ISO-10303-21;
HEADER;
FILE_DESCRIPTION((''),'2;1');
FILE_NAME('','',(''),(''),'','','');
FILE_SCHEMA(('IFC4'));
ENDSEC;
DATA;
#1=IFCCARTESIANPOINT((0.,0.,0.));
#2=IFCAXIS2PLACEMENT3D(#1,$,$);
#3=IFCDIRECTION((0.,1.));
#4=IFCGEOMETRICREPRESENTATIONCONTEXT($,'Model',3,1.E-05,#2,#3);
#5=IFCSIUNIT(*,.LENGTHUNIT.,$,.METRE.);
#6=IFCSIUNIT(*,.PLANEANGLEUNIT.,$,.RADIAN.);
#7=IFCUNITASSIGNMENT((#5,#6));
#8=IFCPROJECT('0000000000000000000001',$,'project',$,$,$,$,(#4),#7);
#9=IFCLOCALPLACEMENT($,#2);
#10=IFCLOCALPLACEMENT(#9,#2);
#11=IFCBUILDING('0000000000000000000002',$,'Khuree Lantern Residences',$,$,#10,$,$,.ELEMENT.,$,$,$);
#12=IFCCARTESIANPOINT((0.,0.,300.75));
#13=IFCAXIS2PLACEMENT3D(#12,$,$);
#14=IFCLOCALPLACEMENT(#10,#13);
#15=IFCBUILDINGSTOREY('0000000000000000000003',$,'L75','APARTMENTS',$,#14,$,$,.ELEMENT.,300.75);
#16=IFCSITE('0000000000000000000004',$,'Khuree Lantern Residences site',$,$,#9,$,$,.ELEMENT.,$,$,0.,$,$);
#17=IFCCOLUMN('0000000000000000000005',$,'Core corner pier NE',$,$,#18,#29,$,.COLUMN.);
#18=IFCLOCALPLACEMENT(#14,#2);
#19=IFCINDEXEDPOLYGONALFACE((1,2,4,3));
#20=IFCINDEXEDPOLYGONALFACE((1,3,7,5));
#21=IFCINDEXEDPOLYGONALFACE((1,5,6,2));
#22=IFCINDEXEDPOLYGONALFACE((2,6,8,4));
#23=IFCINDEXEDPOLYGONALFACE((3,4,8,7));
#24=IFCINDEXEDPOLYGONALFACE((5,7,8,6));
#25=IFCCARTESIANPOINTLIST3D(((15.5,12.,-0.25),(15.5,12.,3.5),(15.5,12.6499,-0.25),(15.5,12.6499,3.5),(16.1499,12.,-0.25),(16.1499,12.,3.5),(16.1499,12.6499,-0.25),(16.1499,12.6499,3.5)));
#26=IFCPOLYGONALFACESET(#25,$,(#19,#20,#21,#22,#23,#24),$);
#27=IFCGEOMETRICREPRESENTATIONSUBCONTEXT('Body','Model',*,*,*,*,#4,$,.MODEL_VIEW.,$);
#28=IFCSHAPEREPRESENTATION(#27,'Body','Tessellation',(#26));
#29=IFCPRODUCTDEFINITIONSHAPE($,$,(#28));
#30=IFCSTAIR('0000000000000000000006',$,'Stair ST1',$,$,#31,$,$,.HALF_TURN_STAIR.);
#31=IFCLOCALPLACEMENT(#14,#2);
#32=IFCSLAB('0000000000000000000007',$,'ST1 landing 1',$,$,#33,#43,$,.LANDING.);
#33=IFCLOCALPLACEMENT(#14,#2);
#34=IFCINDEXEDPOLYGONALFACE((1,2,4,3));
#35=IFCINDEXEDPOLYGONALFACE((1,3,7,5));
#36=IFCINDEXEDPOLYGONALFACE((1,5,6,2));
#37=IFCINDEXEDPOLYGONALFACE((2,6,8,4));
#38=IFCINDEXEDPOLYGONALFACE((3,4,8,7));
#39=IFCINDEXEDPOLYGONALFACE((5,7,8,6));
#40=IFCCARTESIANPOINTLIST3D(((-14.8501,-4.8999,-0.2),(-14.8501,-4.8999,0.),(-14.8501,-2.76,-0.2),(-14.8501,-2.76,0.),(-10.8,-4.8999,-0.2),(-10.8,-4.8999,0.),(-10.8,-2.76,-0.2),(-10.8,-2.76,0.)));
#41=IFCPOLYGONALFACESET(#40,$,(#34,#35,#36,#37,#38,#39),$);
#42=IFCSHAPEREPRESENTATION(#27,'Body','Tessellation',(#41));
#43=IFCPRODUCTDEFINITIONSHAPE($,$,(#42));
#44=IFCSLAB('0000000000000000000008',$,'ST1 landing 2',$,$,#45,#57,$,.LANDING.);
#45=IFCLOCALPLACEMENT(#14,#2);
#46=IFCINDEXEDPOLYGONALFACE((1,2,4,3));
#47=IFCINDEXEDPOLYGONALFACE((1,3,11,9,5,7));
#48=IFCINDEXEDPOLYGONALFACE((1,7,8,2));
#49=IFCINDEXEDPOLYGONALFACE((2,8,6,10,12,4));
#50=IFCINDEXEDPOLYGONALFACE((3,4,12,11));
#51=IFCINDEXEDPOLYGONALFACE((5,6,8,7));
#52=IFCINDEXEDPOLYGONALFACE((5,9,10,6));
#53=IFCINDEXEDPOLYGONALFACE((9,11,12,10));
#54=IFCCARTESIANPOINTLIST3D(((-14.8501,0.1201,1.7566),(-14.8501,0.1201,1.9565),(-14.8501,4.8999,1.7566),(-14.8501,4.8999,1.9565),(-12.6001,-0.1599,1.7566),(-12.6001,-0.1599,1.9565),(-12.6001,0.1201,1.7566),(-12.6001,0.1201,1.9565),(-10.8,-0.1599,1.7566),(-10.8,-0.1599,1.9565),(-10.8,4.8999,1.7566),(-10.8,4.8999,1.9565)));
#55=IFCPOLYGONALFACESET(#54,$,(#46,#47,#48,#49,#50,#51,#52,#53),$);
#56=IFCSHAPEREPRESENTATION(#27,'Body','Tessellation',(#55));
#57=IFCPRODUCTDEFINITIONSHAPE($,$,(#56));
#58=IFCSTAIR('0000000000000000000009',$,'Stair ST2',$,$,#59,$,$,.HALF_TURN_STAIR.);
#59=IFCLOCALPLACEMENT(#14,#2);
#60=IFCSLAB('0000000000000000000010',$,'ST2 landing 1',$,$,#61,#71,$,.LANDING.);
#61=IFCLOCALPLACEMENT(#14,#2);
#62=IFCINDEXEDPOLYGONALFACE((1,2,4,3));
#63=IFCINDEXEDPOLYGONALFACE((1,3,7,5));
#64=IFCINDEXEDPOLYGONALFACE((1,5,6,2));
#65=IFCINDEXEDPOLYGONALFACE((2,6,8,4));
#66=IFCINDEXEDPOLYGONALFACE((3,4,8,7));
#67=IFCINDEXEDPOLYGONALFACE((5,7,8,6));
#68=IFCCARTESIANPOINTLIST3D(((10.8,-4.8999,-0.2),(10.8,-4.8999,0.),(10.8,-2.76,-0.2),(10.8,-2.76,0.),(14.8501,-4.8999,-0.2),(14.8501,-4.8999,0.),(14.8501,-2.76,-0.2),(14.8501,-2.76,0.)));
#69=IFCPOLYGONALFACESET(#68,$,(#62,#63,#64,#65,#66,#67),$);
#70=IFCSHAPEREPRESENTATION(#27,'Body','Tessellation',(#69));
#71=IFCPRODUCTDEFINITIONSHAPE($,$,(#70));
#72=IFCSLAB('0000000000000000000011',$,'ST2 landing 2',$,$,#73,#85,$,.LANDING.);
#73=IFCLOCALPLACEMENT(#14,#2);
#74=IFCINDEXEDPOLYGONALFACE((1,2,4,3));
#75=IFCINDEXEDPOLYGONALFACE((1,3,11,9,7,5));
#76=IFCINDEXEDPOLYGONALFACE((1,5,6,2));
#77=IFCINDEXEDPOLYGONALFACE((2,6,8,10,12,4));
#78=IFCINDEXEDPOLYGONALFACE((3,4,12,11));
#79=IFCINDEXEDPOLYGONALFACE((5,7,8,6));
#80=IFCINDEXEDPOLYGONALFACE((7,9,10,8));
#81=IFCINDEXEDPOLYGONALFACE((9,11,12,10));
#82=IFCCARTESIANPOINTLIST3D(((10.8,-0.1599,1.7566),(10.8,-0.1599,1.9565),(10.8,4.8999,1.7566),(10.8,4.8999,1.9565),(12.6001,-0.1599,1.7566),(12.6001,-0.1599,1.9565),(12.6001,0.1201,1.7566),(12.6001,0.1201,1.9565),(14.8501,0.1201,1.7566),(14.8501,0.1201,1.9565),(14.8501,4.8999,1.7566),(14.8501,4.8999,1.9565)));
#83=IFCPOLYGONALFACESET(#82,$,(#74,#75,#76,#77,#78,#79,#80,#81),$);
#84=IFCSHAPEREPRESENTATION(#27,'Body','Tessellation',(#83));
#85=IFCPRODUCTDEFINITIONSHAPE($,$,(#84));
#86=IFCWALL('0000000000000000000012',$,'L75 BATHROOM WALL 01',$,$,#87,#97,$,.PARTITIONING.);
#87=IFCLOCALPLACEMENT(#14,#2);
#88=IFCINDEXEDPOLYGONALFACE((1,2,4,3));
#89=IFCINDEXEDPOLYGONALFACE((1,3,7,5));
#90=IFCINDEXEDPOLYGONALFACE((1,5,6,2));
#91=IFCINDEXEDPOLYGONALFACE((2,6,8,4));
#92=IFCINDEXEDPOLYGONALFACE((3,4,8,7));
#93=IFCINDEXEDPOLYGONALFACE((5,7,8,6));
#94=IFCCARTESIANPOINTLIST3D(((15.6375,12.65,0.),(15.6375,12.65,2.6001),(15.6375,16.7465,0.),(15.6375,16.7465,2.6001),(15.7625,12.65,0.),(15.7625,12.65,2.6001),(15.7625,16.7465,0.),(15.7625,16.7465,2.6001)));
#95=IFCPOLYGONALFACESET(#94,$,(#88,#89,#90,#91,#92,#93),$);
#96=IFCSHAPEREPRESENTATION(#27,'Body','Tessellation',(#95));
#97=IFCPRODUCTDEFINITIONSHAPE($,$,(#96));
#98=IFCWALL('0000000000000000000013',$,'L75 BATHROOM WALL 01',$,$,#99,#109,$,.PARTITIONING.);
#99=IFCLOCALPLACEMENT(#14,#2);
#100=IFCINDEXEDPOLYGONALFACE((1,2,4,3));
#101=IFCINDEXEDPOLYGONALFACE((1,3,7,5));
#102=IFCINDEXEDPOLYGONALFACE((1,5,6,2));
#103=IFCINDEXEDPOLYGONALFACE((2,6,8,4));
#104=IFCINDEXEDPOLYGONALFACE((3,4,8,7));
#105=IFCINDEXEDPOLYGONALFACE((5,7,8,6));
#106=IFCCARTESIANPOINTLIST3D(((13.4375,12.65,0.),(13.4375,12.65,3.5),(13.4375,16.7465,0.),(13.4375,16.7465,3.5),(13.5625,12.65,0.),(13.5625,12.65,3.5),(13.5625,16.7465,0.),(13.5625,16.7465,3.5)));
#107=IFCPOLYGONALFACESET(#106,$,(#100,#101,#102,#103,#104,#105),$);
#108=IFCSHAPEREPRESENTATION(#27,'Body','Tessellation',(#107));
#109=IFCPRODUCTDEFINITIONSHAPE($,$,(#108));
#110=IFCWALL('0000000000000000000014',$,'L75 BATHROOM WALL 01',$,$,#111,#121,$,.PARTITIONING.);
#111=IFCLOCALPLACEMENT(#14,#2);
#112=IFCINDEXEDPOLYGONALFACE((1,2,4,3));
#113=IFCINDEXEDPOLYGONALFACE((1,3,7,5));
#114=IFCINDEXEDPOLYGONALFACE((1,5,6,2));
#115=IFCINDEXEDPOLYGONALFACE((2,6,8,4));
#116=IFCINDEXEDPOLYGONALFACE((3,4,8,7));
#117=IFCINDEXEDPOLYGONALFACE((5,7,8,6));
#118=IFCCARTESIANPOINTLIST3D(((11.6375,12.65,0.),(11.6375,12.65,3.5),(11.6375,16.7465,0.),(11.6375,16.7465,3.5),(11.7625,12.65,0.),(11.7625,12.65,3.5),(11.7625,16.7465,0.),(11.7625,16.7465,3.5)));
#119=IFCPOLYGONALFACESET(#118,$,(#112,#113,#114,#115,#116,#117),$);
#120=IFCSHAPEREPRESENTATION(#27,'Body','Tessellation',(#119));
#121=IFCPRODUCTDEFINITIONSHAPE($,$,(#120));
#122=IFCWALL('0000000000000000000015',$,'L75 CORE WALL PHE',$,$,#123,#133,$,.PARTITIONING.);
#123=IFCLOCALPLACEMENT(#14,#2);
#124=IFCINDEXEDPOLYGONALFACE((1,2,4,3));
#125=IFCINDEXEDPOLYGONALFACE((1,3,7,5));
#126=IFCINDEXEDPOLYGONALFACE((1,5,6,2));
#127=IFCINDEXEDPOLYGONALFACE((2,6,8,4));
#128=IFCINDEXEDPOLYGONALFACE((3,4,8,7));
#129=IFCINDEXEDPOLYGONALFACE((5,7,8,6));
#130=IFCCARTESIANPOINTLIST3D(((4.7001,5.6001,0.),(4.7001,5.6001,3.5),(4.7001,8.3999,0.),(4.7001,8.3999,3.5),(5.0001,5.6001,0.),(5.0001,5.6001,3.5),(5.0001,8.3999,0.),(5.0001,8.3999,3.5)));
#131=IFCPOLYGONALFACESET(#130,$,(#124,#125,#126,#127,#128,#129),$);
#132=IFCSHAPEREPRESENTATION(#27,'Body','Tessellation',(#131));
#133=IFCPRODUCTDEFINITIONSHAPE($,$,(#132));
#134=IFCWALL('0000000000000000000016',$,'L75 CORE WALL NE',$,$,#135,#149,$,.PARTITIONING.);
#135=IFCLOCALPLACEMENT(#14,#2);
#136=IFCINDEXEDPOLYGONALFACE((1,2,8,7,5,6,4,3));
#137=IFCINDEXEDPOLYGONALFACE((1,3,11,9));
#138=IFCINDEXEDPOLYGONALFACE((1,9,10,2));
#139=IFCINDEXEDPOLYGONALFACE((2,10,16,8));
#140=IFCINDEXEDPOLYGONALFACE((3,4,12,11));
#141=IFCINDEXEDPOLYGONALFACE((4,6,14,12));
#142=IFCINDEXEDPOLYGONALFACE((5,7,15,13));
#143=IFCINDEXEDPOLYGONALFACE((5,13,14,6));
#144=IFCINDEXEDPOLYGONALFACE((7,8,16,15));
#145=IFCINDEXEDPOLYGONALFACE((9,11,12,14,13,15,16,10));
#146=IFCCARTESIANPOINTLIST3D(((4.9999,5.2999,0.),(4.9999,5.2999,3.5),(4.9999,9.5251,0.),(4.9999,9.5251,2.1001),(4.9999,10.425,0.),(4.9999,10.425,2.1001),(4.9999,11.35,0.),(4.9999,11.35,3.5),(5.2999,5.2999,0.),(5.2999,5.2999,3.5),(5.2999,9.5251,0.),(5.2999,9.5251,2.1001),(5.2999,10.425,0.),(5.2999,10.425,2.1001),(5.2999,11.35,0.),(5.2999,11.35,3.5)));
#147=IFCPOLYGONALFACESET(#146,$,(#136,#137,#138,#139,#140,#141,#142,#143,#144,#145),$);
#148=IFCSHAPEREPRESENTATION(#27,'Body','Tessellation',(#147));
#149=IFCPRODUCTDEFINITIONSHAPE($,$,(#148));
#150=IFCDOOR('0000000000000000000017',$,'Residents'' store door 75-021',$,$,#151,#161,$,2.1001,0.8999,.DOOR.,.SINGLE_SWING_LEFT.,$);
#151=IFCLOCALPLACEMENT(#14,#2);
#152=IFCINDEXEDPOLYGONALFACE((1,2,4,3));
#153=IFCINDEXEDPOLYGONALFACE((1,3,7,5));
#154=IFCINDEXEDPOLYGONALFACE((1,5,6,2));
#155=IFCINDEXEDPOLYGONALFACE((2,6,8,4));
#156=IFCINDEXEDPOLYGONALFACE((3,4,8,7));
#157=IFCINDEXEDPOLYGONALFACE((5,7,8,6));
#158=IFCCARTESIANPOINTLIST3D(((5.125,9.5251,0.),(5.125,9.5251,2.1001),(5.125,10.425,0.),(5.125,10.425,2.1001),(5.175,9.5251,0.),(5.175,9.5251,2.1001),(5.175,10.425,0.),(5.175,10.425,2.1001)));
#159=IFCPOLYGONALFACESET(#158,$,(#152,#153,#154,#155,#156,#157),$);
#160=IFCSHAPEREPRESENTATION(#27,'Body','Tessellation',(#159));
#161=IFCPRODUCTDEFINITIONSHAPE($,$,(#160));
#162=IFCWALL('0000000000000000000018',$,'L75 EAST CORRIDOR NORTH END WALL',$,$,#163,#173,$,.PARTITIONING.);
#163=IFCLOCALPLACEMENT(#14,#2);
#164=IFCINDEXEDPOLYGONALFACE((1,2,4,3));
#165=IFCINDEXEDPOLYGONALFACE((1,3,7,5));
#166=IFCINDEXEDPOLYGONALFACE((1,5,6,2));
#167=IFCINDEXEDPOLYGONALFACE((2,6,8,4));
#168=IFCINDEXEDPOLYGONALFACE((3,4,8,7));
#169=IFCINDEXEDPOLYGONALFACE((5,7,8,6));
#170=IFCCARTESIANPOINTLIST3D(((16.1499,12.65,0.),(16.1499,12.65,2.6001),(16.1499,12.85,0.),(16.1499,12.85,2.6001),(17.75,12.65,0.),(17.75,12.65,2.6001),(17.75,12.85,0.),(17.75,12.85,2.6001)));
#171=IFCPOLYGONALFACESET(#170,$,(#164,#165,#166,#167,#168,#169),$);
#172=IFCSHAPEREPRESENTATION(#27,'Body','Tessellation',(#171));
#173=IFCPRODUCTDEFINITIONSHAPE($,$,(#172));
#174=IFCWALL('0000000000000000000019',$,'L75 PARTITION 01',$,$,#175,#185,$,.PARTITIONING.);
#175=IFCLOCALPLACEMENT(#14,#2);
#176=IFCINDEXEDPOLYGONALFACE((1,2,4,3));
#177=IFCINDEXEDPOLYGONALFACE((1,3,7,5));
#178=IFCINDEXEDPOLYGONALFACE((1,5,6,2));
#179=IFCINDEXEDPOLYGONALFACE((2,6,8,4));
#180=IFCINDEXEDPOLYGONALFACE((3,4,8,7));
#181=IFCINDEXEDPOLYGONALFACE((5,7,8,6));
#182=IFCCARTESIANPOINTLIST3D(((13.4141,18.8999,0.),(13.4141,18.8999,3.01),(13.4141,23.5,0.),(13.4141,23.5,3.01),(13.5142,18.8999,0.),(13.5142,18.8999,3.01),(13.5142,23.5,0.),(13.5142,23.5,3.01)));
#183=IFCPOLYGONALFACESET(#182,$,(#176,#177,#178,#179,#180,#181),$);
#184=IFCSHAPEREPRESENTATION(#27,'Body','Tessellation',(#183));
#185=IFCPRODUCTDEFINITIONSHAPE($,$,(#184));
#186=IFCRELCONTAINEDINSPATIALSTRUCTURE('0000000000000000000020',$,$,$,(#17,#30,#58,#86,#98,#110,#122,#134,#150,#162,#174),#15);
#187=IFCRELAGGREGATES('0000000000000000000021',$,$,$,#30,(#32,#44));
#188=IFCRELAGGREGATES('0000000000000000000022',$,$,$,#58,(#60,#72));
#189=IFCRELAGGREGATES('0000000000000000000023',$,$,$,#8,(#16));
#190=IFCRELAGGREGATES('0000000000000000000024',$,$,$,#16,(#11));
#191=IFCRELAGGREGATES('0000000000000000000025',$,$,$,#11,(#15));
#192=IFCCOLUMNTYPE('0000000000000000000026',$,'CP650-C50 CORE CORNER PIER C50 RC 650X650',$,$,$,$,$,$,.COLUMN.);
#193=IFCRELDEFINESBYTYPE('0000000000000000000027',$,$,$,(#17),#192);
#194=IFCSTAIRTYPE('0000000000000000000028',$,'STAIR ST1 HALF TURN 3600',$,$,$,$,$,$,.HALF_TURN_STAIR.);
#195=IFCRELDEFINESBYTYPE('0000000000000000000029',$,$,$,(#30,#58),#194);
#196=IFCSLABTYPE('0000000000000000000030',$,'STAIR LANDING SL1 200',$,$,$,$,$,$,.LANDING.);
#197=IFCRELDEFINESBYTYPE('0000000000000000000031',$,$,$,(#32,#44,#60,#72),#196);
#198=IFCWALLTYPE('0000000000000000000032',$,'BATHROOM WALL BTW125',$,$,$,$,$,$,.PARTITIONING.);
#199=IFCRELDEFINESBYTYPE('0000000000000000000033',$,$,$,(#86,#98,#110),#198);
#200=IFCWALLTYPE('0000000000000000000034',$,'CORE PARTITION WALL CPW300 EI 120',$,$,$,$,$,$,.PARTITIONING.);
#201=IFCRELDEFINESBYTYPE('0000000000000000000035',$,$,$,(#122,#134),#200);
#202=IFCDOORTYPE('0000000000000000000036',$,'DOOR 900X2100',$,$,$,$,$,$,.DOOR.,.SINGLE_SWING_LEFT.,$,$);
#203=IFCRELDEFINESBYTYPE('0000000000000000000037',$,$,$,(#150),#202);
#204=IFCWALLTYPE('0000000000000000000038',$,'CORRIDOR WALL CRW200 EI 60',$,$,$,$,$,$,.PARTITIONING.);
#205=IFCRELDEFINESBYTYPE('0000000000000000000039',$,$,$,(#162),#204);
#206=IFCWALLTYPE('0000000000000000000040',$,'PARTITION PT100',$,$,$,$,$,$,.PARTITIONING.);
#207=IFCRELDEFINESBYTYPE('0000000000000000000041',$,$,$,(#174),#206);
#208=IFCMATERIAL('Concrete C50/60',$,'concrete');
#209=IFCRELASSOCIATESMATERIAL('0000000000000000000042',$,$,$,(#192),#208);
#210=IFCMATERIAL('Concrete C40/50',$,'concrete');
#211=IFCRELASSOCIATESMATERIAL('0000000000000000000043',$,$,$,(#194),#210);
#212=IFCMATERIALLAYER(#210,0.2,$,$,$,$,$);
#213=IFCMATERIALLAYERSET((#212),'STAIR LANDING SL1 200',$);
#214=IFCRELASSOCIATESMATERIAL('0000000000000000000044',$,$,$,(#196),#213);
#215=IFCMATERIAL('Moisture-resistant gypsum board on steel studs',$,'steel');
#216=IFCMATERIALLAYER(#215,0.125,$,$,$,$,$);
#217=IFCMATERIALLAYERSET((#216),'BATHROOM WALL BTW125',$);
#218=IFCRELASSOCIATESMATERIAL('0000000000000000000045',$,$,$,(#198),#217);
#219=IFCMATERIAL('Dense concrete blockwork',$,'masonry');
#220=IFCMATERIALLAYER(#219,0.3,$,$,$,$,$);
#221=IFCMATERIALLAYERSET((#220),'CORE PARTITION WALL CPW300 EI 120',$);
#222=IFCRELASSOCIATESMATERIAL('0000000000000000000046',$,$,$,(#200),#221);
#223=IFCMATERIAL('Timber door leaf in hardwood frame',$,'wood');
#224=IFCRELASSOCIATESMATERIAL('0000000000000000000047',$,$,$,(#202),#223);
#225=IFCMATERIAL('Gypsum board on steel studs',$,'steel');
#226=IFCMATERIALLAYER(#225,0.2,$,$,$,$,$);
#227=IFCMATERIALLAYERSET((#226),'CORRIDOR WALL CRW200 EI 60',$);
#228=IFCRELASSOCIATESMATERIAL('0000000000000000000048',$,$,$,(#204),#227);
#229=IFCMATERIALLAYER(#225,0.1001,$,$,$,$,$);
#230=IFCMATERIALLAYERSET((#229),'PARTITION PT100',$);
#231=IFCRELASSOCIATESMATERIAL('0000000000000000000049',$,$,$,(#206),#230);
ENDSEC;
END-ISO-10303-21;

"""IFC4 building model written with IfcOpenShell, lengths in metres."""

from ifc_helpers import new_model, si_unit, direction, frame, frame_2d, origin, origin_2d, place, context, subcontext, project, spatial, polyline, rectangle, outline, extrude, material, layer, layer_set, material_profile, profile_set, type_object, element, fill, aggregate, save


model = new_model("IFC4")

# Units and contexts
model_context = context("Model", 3, precision=1e-05, world=origin(), true_north=direction((0.0, 1.0)))
body_context = subcontext(model_context, "Body", "Model", "MODEL_VIEW")
ifc_project = project(units=[si_unit("LENGTHUNIT", "METRE"), si_unit("PLANEANGLEUNIT", "RADIAN")], contexts=[model_context])

# Site, building, storey
site_placement = place(None, origin())
site = spatial("IfcSite", under=ifc_project, at=site_placement, Name="Khuree Lantern Residences site", CompositionType="ELEMENT", RefElevation=0.0)
building_placement = place(site_placement, origin())
building = spatial("IfcBuilding", under=site, at=building_placement, Name="Khuree Lantern Residences", CompositionType="ELEMENT")
storey_placement = place(building_placement, frame((0.0, 0.0, 300.75)))
storey = spatial("IfcBuildingStorey", under=building, at=storey_placement, Name="L75", Description="APARTMENTS", CompositionType="ELEMENT", Elevation=300.75)

# Column
ifc_material_1 = material(Name="Concrete C50/60", Category="concrete")
ifc_material_profile = material_profile(ifc_material_1, rectangle(XDim=0.6499, YDim=0.6499, at=origin_2d()), Name="RC 650X650")
ifc_profile_set = profile_set([ifc_material_profile], Name="Concrete C50/60")
column_type = type_object("IfcColumnType", Name="CP650-C50 CORE CORNER PIER C50 RC 650X650", PredefinedType="COLUMN", material=ifc_profile_set)
column_placement = place(storey_placement, frame((15.825, 12.325, -0.25), z_axis=(0.0, 0.0, 1.0), x_axis=(1.0, 0.0, 0.0)))
element("IfcColumn", 1, at=column_placement, inside=storey, type_object=column_type, Name="Core corner pier NE", PredefinedType="COLUMN", context=body_context, shape_type="SweptSolid", body=[
    extrude(rectangle(XDim=0.6499, YDim=0.6499, at=origin_2d()), origin(), (0.0, 0.0, 1.0), 3.75),
])

# Stairs, slabs
ifc_material_2 = material(Name="Concrete C40/50", Category="concrete")
stair_type = type_object("IfcStairType", Name="STAIR ST1 HALF TURN 3600", PredefinedType="HALF_TURN_STAIR", material=ifc_material_2)
stair_1_placement = place(storey_placement, origin())
stair_1 = element("IfcStair", 2, at=stair_1_placement, inside=storey, type_object=stair_type, Name="Stair ST1", PredefinedType="HALF_TURN_STAIR")
ifc_layer_1 = layer(ifc_material_2, 0.2)
ifc_layer_set_1 = layer_set([ifc_layer_1], Name="STAIR LANDING SL1 200")
slab_type = type_object("IfcSlabType", Name="STAIR LANDING SL1 200", PredefinedType="LANDING", material=ifc_layer_set_1)
slab_1_placement = place(storey_placement, frame((0.0, 0.0, -0.2)))
slab_1 = element("IfcSlab", 3, at=slab_1_placement, type_object=slab_type, Name="ST1 landing 1", PredefinedType="LANDING", context=body_context, shape_type="SweptSolid", body=[
    extrude(outline(polyline([(-14.8501, -4.8999), (-10.8, -4.8999), (-10.8, -2.76), (-14.8501, -2.76), (-14.8501, -4.8999)])), origin(), (0.0, 0.0, 1.0), 0.2),
])
slab_2_placement = place(storey_placement, frame((0.0, 0.0, 1.7566)))
slab_2 = element("IfcSlab", 4, at=slab_2_placement, type_object=slab_type, Name="ST1 landing 2", PredefinedType="LANDING", context=body_context, shape_type="SweptSolid", body=[
    extrude(outline(polyline([(-14.8501, 0.1201), (-14.8501, 4.8999), (-10.8, 4.8999), (-10.8, -0.1599), (-12.6001, -0.1599), (-12.6001, 0.1201), (-14.8501, 0.1201)])), origin(), (0.0, 0.0, 1.0), 0.2),
])
aggregate(stair_1, [slab_1, slab_2])
stair_2_placement = place(storey_placement, origin())
stair_2 = element("IfcStair", 5, at=stair_2_placement, inside=storey, type_object=stair_type, Name="Stair ST2", PredefinedType="HALF_TURN_STAIR")
slab_3_placement = place(storey_placement, frame((0.0, 0.0, -0.2)))
slab_3 = element("IfcSlab", 6, at=slab_3_placement, type_object=slab_type, Name="ST2 landing 1", PredefinedType="LANDING", context=body_context, shape_type="SweptSolid", body=[
    extrude(outline(polyline([(10.8, -4.8999), (14.8501, -4.8999), (14.8501, -2.76), (10.8, -2.76), (10.8, -4.8999)])), origin(), (0.0, 0.0, 1.0), 0.2),
])
slab_4_placement = place(storey_placement, frame((0.0, 0.0, 1.7566)))
slab_4 = element("IfcSlab", 7, at=slab_4_placement, type_object=slab_type, Name="ST2 landing 2", PredefinedType="LANDING", context=body_context, shape_type="SweptSolid", body=[
    extrude(outline(polyline([(14.8501, 4.8999), (14.8501, 0.1201), (12.6001, 0.1201), (12.6001, -0.1599), (10.8, -0.1599), (10.8, 4.8999), (14.8501, 4.8999)])), origin(), (0.0, 0.0, 1.0), 0.2),
])
aggregate(stair_2, [slab_3, slab_4])

# Walls
ifc_material_3 = material(Name="Moisture-resistant gypsum board on steel studs", Category="steel")
ifc_layer_2 = layer(ifc_material_3, 0.125)
ifc_layer_set_2 = layer_set([ifc_layer_2], Name="BATHROOM WALL BTW125")
wall_type_1 = type_object("IfcWallType", Name="BATHROOM WALL BTW125", PredefinedType="PARTITIONING", material=ifc_layer_set_2)
wall_1_placement = place(storey_placement, frame((15.7, 12.6499, 0.0), z_axis=(0.0, 0.0, 1.0), x_axis=(0.0, 1.0, 0.0)))
element("IfcWall", 8, at=wall_1_placement, inside=storey, type_object=wall_type_1, Name="L75 BATHROOM WALL 01", PredefinedType="PARTITIONING", context=body_context, shape_type="SweptSolid", body=[
    extrude(rectangle(XDim=4.0964, YDim=0.125, at=frame_2d((2.0483, 0.0))), origin(), (0.0, 0.0, 1.0), 2.6001),
])
for number, where, z_axis, x_axis, name in (
    (9, (13.5, 12.6499, 0.0), (0.0, 0.0, 1.0), (0.0, 1.0, 0.0), "L75 BATHROOM WALL 01"),
    (10, (11.7, 12.6499, 0.0), (0.0, 0.0, 1.0), (0.0, 1.0, 0.0), "L75 BATHROOM WALL 01"),
):
    element("IfcWall", number, at=place(storey_placement, frame(where, z_axis=z_axis, x_axis=x_axis)), inside=storey, type_object=wall_type_1, Name=name, PredefinedType="PARTITIONING", context=body_context, shape_type="SweptSolid", body=[
        extrude(rectangle(XDim=4.0964, YDim=0.125, at=frame_2d((2.0483, 0.0))), origin(), (0.0, 0.0, 1.0), 3.5),
    ])
ifc_material_4 = material(Name="Dense concrete blockwork", Category="masonry")
ifc_layer_3 = layer(ifc_material_4, 0.3)
ifc_layer_set_3 = layer_set([ifc_layer_3], Name="CORE PARTITION WALL CPW300 EI 120")
wall_type_2 = type_object("IfcWallType", Name="CORE PARTITION WALL CPW300 EI 120", PredefinedType="PARTITIONING", material=ifc_layer_set_3)
wall_2_placement = place(storey_placement, frame((4.8501, 5.6001, 0.0), z_axis=(0.0, 0.0, 1.0), x_axis=(0.0, 1.0, 0.0)))
element("IfcWall", 11, at=wall_2_placement, inside=storey, type_object=wall_type_2, Name="L75 CORE WALL PHE", PredefinedType="PARTITIONING", context=body_context, shape_type="SweptSolid", body=[
    extrude(rectangle(XDim=2.7998, YDim=0.3, at=frame_2d((1.3999, 0.0))), origin(), (0.0, 0.0, 1.0), 3.5),
])

# Wall, opening, door
wall_3_placement = place(storey_placement, frame((5.1499, 5.3, 0.0), z_axis=(0.0, 0.0, 1.0), x_axis=(0.0, 1.0, 0.0)))
wall_3 = element("IfcWall", 12, at=wall_3_placement, inside=storey, type_object=wall_type_2, Name="L75 CORE WALL NE", PredefinedType="PARTITIONING", context=body_context, shape_type="SweptSolid", body=[
    extrude(rectangle(XDim=6.05, YDim=0.3, at=frame_2d((3.0249, 0.0))), origin(), (0.0, 0.0, 1.0), 3.5),
])
opening_1_placement = place(wall_3_placement, frame((4.2251, 0.0, 0.0)))
opening_1 = element("IfcOpeningElement", 13, at=opening_1_placement, cuts=wall_3, PredefinedType="OPENING", context=body_context, shape_type="SweptSolid", body=[
    extrude(rectangle(XDim=0.8999, YDim=2.1001, at=frame_2d((0.45, 1.05))), frame((0.0, 0.1602, 0.0), z_axis=(0.0, -1.0, 0.0), x_axis=(1.0, 0.0, 0.0)), (0.0, 0.0, 1.0), 0.3201),
])
ifc_material_5 = material(Name="Timber door leaf in hardwood frame", Category="wood")
door_type_1 = type_object("IfcDoorType", Name="DOOR 900X2100", OperationType="SINGLE_SWING_LEFT", PredefinedType="DOOR", material=ifc_material_5)
door_1_placement = place(opening_1_placement, origin())
door_1 = element("IfcDoor", 14, at=door_1_placement, inside=storey, type_object=door_type_1, Name="Residents' store door 75-021", OperationType="SINGLE_SWING_LEFT", OverallHeight=2.1001, OverallWidth=0.8999, PredefinedType="DOOR", context=body_context, shape_type="SweptSolid", body=[
    extrude(rectangle(XDim=0.8999, YDim=2.1001, at=frame_2d((0.45, 1.05))), frame((0.0, 0.0249, 0.0), z_axis=(0.0, -1.0, 0.0), x_axis=(1.0, 0.0, 0.0)), (0.0, 0.0, 1.0), 0.05),
])
fill(opening_1, door_1)

# Walls
ifc_material_6 = material(Name="Gypsum board on steel studs", Category="steel")
ifc_layer_4 = layer(ifc_material_6, 0.2)
ifc_layer_set_4 = layer_set([ifc_layer_4], Name="CORRIDOR WALL CRW200 EI 60")
wall_type_3 = type_object("IfcWallType", Name="CORRIDOR WALL CRW200 EI 60", PredefinedType="PARTITIONING", material=ifc_layer_set_4)
wall_4_placement = place(storey_placement, frame((16.1499, 12.75, 0.0), z_axis=(0.0, 0.0, 1.0), x_axis=(1.0, 0.0, 0.0)))
element("IfcWall", 15, at=wall_4_placement, inside=storey, type_object=wall_type_3, Name="L75 EAST CORRIDOR NORTH END WALL", PredefinedType="PARTITIONING", context=body_context, shape_type="SweptSolid", body=[
    extrude(rectangle(XDim=1.6001, YDim=0.2, at=frame_2d((0.8, 0.0))), origin(), (0.0, 0.0, 1.0), 2.6001),
])
ifc_layer_5 = layer(ifc_material_6, 0.1001)
ifc_layer_set_5 = layer_set([ifc_layer_5], Name="PARTITION PT100")
wall_type_4 = type_object("IfcWallType", Name="PARTITION PT100", PredefinedType="PARTITIONING", material=ifc_layer_set_5)
for number, where, z_axis, x_axis, name in (
    (16, (13.4641, 18.8999, 0.0), (0.0, 0.0, 1.0), (0.0, 1.0, 0.0), "L75 PARTITION 01"),
):
    element("IfcWall", number, at=place(storey_placement, frame(where, z_axis=z_axis, x_axis=x_axis)), inside=storey, type_object=wall_type_4, Name=name, PredefinedType="PARTITIONING", context=body_context, shape_type="SweptSolid", body=[
        extrude(rectangle(XDim=4.6001, YDim=0.1001, at=frame_2d((2.3, 0.0))), origin(), (0.0, 0.0, 1.0), 3.01),
    ])

save(model, "model.ifc")
